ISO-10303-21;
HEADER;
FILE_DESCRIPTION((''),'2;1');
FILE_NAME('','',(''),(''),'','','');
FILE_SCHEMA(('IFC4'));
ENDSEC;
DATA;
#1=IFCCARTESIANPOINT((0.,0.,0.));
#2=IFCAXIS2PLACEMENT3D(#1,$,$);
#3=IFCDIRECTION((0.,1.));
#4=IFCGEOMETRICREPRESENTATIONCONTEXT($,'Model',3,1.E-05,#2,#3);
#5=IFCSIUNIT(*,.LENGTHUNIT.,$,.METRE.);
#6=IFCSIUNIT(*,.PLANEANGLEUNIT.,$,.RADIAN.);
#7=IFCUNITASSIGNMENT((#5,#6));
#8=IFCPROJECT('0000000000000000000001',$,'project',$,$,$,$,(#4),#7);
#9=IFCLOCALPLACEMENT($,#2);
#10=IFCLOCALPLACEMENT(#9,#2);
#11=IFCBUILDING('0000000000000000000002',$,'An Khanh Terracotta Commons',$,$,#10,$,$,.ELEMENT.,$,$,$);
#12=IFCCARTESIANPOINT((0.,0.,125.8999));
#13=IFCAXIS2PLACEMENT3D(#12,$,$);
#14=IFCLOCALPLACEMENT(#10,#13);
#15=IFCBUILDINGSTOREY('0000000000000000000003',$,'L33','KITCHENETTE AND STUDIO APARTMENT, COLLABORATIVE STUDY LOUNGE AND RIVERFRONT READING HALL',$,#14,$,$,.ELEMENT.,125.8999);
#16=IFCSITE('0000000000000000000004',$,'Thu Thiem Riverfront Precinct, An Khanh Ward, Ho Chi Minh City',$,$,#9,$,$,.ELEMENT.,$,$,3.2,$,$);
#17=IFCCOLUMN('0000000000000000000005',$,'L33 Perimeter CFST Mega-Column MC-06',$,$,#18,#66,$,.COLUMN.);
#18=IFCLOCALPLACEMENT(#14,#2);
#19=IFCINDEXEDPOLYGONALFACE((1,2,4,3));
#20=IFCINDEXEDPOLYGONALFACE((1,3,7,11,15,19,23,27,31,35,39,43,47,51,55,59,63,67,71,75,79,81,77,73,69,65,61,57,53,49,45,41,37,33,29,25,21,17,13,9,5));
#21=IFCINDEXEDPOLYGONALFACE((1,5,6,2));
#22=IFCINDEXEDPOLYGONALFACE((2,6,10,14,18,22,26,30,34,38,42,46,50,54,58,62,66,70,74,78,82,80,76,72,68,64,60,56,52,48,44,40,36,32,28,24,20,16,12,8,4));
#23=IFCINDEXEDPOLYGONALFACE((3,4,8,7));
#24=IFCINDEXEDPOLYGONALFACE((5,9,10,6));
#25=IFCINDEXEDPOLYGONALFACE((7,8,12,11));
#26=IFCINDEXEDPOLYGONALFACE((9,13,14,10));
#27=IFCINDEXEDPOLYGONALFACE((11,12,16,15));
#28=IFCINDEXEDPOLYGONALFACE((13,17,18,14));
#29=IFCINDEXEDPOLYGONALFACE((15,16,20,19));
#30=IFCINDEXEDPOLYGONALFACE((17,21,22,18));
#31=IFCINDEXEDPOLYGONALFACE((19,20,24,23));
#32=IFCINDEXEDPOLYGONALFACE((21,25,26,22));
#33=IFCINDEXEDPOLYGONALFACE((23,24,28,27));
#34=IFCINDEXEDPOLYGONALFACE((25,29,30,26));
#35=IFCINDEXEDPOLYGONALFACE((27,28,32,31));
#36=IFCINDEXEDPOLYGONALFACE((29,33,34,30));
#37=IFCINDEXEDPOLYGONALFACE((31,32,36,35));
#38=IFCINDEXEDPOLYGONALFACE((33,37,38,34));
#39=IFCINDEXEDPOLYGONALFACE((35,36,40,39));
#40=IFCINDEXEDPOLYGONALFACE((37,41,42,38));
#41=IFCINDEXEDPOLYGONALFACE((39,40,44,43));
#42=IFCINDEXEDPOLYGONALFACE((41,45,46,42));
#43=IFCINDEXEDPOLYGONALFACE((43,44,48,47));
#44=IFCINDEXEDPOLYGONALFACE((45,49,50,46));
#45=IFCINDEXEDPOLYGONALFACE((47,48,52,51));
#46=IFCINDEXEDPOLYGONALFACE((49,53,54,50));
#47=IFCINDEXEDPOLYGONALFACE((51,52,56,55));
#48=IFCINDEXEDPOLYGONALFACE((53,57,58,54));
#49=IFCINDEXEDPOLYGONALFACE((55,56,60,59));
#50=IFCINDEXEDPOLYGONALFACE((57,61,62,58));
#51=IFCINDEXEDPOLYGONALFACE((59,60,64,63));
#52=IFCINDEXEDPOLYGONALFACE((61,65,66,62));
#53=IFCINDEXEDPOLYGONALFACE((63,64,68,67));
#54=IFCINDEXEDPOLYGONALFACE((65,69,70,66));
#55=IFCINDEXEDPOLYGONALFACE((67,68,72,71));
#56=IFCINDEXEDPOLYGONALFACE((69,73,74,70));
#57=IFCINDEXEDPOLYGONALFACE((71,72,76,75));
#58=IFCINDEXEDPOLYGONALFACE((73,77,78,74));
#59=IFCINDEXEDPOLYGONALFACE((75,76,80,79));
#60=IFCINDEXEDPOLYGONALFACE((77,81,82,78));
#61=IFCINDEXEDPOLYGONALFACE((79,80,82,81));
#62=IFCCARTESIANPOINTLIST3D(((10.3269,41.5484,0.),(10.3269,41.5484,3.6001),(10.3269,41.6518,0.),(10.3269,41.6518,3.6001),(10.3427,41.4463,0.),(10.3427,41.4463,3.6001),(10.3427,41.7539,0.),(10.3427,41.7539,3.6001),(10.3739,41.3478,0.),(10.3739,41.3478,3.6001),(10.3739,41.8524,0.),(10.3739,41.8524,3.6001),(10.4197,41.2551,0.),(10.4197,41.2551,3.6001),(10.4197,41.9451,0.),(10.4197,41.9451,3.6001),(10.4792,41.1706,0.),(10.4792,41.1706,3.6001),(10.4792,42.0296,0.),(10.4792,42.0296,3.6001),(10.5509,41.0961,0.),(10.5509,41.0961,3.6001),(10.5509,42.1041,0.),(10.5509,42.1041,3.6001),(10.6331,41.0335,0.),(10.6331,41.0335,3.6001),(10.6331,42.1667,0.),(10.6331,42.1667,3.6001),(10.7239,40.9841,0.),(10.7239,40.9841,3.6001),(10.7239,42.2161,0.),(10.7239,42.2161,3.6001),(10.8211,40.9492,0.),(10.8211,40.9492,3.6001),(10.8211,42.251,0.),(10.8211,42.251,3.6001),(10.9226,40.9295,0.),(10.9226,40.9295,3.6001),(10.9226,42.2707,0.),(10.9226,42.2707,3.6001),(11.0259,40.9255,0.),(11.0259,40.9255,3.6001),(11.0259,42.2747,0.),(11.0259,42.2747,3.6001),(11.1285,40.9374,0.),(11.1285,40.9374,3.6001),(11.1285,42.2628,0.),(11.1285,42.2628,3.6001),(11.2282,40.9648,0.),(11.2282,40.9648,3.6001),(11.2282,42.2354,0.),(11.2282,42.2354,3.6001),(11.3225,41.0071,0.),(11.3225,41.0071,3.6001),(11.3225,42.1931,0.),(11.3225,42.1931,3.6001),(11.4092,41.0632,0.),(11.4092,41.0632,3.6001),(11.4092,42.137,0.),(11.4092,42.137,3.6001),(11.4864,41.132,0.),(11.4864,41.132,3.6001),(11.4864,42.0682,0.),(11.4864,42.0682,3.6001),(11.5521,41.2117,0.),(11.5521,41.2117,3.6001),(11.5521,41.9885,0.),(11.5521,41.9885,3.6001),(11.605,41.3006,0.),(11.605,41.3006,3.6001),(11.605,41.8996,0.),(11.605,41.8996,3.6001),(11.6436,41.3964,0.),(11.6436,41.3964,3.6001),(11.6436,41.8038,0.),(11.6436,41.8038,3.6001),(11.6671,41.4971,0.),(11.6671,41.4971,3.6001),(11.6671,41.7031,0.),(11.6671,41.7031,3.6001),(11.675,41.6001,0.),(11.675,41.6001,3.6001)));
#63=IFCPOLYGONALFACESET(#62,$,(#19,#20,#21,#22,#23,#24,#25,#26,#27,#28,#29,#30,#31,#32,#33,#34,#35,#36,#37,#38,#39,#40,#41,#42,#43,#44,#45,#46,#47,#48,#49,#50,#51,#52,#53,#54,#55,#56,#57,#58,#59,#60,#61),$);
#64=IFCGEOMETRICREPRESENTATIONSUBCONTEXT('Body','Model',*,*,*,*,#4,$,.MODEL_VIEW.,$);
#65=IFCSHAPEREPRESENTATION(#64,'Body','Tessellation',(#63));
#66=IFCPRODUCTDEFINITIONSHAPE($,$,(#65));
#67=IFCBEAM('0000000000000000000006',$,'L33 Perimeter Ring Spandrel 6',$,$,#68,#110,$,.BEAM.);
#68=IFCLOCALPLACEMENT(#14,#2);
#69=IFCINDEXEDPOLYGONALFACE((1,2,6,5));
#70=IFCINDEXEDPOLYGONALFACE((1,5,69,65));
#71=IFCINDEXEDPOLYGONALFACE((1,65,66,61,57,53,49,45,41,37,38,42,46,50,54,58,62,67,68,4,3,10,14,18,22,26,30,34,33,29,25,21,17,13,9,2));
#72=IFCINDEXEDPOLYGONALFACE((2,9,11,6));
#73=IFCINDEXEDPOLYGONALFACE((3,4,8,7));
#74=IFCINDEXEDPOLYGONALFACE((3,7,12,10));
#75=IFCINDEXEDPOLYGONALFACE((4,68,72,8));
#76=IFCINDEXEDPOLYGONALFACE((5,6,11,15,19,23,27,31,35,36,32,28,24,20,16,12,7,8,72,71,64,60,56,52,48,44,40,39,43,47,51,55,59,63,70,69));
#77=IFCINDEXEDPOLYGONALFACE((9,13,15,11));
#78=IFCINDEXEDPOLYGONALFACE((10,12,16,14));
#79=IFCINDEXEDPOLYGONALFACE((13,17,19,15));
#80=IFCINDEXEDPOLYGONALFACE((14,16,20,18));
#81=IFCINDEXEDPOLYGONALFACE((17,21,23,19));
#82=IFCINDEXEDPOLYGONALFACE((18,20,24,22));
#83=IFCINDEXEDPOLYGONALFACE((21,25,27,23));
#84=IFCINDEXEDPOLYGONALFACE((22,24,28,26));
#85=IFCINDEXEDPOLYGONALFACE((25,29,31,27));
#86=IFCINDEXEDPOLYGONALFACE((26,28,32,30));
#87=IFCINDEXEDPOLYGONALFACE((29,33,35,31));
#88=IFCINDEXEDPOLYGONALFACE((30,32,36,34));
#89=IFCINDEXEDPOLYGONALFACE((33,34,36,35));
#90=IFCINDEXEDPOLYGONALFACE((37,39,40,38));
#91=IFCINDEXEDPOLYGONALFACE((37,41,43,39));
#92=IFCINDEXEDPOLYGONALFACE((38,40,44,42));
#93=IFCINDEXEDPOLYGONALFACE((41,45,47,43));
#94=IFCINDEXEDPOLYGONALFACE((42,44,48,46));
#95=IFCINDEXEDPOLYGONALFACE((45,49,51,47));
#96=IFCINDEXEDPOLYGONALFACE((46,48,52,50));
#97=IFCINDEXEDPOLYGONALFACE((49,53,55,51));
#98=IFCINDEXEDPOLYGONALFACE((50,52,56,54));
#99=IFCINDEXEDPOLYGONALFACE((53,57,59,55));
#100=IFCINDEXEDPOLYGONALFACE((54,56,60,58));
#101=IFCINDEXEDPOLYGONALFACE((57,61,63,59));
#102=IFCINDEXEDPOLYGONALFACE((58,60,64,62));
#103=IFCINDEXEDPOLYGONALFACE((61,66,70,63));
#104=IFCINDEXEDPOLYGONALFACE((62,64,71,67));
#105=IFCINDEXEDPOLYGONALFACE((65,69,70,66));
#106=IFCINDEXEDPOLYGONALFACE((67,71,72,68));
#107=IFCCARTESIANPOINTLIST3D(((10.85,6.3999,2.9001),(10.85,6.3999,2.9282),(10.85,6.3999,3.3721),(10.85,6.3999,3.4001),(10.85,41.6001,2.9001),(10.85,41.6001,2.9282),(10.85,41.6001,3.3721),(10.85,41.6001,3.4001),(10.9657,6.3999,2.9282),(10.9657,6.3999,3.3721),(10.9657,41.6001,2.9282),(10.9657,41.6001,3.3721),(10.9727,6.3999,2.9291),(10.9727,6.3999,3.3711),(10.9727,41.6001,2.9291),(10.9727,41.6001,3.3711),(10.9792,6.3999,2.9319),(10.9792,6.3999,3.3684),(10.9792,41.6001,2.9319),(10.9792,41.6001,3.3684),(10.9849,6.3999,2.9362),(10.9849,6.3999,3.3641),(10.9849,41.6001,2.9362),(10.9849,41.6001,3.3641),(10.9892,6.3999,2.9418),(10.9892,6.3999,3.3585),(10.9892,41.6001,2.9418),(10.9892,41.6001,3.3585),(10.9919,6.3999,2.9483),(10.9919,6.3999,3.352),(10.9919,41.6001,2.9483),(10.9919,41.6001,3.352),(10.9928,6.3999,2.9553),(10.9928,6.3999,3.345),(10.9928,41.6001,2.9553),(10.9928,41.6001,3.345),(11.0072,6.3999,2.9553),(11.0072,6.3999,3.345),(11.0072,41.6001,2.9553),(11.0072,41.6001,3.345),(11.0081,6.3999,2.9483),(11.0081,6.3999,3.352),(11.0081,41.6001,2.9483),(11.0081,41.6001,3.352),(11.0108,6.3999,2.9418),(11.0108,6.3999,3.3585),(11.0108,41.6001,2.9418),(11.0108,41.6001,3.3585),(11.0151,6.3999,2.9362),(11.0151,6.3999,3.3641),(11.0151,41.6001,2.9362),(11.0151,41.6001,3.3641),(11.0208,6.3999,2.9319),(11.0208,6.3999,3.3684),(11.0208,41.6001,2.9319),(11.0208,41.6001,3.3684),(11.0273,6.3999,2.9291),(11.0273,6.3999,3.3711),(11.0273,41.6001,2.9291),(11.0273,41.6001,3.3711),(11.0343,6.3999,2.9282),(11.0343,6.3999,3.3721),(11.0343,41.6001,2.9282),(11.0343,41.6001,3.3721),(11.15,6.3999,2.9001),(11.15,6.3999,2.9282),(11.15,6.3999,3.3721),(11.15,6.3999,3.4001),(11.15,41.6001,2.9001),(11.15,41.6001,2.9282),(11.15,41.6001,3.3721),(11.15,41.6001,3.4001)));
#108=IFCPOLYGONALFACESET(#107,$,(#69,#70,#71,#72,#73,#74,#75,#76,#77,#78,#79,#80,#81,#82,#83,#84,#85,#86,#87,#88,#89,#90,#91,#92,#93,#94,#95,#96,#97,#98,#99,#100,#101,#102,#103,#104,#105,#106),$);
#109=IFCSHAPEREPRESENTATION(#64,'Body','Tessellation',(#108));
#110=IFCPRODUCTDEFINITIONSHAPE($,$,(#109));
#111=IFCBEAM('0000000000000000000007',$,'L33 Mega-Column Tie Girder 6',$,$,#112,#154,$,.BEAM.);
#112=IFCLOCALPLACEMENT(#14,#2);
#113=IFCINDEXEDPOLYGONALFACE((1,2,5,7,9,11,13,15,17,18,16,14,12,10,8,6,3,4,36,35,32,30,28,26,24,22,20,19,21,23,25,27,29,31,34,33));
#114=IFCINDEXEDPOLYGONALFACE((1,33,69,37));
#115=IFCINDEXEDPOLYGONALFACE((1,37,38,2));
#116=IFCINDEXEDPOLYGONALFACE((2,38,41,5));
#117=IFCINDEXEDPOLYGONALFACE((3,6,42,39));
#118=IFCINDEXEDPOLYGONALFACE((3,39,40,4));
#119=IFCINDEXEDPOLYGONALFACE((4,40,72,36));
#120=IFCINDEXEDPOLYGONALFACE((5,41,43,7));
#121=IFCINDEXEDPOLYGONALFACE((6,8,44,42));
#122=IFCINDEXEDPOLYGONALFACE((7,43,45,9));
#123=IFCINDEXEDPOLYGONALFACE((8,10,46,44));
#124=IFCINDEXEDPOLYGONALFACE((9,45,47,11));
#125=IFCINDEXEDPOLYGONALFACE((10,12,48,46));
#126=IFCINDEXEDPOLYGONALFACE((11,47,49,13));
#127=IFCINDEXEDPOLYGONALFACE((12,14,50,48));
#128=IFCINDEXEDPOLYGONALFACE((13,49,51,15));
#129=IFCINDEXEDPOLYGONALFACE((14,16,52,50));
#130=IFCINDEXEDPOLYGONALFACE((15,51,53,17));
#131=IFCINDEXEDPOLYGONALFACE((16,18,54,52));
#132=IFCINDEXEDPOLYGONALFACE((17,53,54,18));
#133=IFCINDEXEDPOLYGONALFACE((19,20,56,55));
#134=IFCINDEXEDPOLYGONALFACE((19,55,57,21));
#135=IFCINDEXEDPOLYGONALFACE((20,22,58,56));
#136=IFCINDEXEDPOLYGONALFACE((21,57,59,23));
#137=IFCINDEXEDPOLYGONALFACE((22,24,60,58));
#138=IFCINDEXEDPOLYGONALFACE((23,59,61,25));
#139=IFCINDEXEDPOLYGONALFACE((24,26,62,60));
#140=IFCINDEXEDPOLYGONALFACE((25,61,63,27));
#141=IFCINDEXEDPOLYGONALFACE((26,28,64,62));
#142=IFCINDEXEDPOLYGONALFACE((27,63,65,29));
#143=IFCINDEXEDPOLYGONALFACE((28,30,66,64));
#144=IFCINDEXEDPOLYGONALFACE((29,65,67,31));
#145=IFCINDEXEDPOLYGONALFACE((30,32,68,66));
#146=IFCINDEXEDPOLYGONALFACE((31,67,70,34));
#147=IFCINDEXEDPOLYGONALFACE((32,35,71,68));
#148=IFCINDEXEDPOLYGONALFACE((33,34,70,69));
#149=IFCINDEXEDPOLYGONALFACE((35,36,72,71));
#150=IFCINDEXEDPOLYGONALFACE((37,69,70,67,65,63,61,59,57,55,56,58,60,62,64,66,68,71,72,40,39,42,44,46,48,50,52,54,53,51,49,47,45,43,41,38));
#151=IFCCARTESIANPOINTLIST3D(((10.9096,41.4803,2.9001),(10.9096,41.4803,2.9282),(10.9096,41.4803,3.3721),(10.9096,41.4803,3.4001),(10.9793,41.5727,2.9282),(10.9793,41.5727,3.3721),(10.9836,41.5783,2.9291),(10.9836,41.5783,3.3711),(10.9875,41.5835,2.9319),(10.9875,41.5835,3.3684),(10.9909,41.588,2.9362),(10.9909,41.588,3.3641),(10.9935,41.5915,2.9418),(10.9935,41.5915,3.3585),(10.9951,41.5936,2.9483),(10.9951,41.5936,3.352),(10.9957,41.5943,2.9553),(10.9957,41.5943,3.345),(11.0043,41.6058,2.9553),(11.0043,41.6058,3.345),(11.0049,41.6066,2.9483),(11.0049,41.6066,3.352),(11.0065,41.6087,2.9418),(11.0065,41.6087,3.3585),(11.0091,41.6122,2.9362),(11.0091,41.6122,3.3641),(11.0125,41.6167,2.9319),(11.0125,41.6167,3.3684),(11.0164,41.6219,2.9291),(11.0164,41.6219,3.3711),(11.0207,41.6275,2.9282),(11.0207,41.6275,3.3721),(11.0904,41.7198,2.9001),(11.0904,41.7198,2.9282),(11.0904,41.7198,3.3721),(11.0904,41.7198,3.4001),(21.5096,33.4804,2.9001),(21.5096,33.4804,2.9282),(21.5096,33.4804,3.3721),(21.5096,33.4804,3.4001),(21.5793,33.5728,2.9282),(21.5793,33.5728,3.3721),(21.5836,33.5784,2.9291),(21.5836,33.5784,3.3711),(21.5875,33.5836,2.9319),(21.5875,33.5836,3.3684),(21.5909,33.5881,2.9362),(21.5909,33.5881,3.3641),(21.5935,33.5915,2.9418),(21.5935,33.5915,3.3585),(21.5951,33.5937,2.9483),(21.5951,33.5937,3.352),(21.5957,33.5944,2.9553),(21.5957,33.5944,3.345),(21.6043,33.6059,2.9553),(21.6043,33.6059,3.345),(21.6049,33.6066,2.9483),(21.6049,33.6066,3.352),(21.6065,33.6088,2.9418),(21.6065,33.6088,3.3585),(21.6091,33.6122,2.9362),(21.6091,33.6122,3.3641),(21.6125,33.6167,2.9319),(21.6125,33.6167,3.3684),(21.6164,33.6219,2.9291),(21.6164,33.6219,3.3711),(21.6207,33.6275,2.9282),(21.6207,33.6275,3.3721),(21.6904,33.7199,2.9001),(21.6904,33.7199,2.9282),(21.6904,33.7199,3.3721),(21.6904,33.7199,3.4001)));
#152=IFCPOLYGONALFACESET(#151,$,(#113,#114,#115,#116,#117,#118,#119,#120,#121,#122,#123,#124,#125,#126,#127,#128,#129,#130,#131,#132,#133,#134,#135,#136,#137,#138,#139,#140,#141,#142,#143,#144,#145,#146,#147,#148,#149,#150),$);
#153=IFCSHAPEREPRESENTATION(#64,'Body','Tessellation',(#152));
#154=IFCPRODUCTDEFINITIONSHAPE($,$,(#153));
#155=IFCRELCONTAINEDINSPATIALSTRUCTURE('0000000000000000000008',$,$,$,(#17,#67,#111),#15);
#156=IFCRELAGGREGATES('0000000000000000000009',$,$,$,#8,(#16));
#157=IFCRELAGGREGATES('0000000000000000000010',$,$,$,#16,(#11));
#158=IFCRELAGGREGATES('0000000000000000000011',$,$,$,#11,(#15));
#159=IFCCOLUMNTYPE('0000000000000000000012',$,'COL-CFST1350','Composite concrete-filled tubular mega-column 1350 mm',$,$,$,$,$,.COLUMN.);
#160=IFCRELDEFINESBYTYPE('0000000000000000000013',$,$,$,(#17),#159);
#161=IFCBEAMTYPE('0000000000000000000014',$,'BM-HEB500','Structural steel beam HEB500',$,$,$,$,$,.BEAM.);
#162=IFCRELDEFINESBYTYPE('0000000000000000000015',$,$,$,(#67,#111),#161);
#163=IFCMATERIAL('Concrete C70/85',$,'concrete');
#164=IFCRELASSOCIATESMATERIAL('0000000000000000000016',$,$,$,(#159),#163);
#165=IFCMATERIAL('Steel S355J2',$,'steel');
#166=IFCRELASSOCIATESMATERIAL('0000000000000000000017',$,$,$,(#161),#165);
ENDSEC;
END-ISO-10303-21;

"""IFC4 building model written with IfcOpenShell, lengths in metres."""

from ifc_helpers import new_model, si_unit, direction, frame, origin, origin_2d, place, context, subcontext, project, spatial, circle, i_section, extrude, material, material_profile, profile_set, type_object, element, save


model = new_model("IFC4")

# Units and contexts
model_context = context("Model", 3, precision=1e-05, world=origin(), true_north=direction((0.0, 1.0)))
body_context = subcontext(model_context, "Body", "Model", "MODEL_VIEW")
ifc_project = project(units=[si_unit("LENGTHUNIT", "METRE"), si_unit("PLANEANGLEUNIT", "RADIAN")], contexts=[model_context])

# Site, building, storey
site_placement = place(None, origin())
site = spatial("IfcSite", under=ifc_project, at=site_placement, Name="Thu Thiem Riverfront Precinct, An Khanh Ward, Ho Chi Minh City", CompositionType="ELEMENT", RefElevation=3.2)
building_placement = place(site_placement, origin())
building = spatial("IfcBuilding", under=site, at=building_placement, Name="An Khanh Terracotta Commons", CompositionType="ELEMENT")
storey_placement = place(building_placement, frame((0.0, 0.0, 125.8999)))
storey = spatial("IfcBuildingStorey", under=building, at=storey_placement, Name="L33", Description="KITCHENETTE AND STUDIO APARTMENT, COLLABORATIVE STUDY LOUNGE AND RIVERFRONT READING HALL", CompositionType="ELEMENT", Elevation=125.8999)

# Column
ifc_material_1 = material(Name="Concrete C70/85", Category="concrete")
ifc_material_profile_1 = material_profile(ifc_material_1, circle(Radius=0.675, at=origin_2d()), Name="CFST1350")
ifc_profile_set_1 = profile_set([ifc_material_profile_1], Name="Concrete C70/85")
column_type = type_object("IfcColumnType", Name="COL-CFST1350", Description="Composite concrete-filled tubular mega-column 1350 mm", PredefinedType="COLUMN", material=ifc_profile_set_1)
column_placement = place(storey_placement, frame((11.0, 41.6001, 0.0), z_axis=(0.0, 0.0, 1.0), x_axis=(1.0, 0.0, 0.0)))
element("IfcColumn", 1, at=column_placement, inside=storey, type_object=column_type, Name="L33 Perimeter CFST Mega-Column MC-06", PredefinedType="COLUMN", context=body_context, shape_type="SweptSolid", body=[
    extrude(circle(Radius=0.675, at=origin_2d()), origin(), (0.0, 0.0, 1.0), 3.6001),
])

# Beams
ifc_material_2 = material(Name="Steel S355J2", Category="steel")
ifc_material_profile_2 = material_profile(ifc_material_2, i_section(OverallWidth=0.3, OverallDepth=0.5, WebThickness=0.0144, FlangeThickness=0.0281, FilletRadius=0.0271, at=origin_2d()), Name="HEB500")
ifc_profile_set_2 = profile_set([ifc_material_profile_2], Name="Steel S355J2")
beam_type = type_object("IfcBeamType", Name="BM-HEB500", Description="Structural steel beam HEB500", PredefinedType="BEAM", material=ifc_profile_set_2)
beam_1_placement = place(storey_placement, frame((11.0, 41.6001, 3.1501), z_axis=(0.0, -1.0, 0.0), x_axis=(1.0, 0.0, 0.0)))
element("IfcBeam", 2, at=beam_1_placement, inside=storey, type_object=beam_type, Name="L33 Perimeter Ring Spandrel 6", PredefinedType="BEAM", context=body_context, shape_type="SweptSolid", body=[
    extrude(i_section(OverallWidth=0.3, OverallDepth=0.5, WebThickness=0.0144, FlangeThickness=0.0281, FilletRadius=0.0271, at=origin_2d()), origin(), (0.0, 0.0, 1.0), 35.2002),
])
beam_2_placement = place(storey_placement, frame((11.0, 41.6001, 3.1501), z_axis=(0.798192, -0.602403, 0.0), x_axis=(0.602403, 0.798192, 0.0)))
element("IfcBeam", 3, at=beam_2_placement, inside=storey, type_object=beam_type, Name="L33 Mega-Column Tie Girder 6", PredefinedType="BEAM", context=body_context, shape_type="SweptSolid", body=[
    extrude(i_section(OverallWidth=0.3, OverallDepth=0.5, WebThickness=0.0144, FlangeThickness=0.0281, FilletRadius=0.0271, at=origin_2d()), origin(), (0.0, 0.0, 1.0), 13.28),
])

save(model, "model.ifc")
